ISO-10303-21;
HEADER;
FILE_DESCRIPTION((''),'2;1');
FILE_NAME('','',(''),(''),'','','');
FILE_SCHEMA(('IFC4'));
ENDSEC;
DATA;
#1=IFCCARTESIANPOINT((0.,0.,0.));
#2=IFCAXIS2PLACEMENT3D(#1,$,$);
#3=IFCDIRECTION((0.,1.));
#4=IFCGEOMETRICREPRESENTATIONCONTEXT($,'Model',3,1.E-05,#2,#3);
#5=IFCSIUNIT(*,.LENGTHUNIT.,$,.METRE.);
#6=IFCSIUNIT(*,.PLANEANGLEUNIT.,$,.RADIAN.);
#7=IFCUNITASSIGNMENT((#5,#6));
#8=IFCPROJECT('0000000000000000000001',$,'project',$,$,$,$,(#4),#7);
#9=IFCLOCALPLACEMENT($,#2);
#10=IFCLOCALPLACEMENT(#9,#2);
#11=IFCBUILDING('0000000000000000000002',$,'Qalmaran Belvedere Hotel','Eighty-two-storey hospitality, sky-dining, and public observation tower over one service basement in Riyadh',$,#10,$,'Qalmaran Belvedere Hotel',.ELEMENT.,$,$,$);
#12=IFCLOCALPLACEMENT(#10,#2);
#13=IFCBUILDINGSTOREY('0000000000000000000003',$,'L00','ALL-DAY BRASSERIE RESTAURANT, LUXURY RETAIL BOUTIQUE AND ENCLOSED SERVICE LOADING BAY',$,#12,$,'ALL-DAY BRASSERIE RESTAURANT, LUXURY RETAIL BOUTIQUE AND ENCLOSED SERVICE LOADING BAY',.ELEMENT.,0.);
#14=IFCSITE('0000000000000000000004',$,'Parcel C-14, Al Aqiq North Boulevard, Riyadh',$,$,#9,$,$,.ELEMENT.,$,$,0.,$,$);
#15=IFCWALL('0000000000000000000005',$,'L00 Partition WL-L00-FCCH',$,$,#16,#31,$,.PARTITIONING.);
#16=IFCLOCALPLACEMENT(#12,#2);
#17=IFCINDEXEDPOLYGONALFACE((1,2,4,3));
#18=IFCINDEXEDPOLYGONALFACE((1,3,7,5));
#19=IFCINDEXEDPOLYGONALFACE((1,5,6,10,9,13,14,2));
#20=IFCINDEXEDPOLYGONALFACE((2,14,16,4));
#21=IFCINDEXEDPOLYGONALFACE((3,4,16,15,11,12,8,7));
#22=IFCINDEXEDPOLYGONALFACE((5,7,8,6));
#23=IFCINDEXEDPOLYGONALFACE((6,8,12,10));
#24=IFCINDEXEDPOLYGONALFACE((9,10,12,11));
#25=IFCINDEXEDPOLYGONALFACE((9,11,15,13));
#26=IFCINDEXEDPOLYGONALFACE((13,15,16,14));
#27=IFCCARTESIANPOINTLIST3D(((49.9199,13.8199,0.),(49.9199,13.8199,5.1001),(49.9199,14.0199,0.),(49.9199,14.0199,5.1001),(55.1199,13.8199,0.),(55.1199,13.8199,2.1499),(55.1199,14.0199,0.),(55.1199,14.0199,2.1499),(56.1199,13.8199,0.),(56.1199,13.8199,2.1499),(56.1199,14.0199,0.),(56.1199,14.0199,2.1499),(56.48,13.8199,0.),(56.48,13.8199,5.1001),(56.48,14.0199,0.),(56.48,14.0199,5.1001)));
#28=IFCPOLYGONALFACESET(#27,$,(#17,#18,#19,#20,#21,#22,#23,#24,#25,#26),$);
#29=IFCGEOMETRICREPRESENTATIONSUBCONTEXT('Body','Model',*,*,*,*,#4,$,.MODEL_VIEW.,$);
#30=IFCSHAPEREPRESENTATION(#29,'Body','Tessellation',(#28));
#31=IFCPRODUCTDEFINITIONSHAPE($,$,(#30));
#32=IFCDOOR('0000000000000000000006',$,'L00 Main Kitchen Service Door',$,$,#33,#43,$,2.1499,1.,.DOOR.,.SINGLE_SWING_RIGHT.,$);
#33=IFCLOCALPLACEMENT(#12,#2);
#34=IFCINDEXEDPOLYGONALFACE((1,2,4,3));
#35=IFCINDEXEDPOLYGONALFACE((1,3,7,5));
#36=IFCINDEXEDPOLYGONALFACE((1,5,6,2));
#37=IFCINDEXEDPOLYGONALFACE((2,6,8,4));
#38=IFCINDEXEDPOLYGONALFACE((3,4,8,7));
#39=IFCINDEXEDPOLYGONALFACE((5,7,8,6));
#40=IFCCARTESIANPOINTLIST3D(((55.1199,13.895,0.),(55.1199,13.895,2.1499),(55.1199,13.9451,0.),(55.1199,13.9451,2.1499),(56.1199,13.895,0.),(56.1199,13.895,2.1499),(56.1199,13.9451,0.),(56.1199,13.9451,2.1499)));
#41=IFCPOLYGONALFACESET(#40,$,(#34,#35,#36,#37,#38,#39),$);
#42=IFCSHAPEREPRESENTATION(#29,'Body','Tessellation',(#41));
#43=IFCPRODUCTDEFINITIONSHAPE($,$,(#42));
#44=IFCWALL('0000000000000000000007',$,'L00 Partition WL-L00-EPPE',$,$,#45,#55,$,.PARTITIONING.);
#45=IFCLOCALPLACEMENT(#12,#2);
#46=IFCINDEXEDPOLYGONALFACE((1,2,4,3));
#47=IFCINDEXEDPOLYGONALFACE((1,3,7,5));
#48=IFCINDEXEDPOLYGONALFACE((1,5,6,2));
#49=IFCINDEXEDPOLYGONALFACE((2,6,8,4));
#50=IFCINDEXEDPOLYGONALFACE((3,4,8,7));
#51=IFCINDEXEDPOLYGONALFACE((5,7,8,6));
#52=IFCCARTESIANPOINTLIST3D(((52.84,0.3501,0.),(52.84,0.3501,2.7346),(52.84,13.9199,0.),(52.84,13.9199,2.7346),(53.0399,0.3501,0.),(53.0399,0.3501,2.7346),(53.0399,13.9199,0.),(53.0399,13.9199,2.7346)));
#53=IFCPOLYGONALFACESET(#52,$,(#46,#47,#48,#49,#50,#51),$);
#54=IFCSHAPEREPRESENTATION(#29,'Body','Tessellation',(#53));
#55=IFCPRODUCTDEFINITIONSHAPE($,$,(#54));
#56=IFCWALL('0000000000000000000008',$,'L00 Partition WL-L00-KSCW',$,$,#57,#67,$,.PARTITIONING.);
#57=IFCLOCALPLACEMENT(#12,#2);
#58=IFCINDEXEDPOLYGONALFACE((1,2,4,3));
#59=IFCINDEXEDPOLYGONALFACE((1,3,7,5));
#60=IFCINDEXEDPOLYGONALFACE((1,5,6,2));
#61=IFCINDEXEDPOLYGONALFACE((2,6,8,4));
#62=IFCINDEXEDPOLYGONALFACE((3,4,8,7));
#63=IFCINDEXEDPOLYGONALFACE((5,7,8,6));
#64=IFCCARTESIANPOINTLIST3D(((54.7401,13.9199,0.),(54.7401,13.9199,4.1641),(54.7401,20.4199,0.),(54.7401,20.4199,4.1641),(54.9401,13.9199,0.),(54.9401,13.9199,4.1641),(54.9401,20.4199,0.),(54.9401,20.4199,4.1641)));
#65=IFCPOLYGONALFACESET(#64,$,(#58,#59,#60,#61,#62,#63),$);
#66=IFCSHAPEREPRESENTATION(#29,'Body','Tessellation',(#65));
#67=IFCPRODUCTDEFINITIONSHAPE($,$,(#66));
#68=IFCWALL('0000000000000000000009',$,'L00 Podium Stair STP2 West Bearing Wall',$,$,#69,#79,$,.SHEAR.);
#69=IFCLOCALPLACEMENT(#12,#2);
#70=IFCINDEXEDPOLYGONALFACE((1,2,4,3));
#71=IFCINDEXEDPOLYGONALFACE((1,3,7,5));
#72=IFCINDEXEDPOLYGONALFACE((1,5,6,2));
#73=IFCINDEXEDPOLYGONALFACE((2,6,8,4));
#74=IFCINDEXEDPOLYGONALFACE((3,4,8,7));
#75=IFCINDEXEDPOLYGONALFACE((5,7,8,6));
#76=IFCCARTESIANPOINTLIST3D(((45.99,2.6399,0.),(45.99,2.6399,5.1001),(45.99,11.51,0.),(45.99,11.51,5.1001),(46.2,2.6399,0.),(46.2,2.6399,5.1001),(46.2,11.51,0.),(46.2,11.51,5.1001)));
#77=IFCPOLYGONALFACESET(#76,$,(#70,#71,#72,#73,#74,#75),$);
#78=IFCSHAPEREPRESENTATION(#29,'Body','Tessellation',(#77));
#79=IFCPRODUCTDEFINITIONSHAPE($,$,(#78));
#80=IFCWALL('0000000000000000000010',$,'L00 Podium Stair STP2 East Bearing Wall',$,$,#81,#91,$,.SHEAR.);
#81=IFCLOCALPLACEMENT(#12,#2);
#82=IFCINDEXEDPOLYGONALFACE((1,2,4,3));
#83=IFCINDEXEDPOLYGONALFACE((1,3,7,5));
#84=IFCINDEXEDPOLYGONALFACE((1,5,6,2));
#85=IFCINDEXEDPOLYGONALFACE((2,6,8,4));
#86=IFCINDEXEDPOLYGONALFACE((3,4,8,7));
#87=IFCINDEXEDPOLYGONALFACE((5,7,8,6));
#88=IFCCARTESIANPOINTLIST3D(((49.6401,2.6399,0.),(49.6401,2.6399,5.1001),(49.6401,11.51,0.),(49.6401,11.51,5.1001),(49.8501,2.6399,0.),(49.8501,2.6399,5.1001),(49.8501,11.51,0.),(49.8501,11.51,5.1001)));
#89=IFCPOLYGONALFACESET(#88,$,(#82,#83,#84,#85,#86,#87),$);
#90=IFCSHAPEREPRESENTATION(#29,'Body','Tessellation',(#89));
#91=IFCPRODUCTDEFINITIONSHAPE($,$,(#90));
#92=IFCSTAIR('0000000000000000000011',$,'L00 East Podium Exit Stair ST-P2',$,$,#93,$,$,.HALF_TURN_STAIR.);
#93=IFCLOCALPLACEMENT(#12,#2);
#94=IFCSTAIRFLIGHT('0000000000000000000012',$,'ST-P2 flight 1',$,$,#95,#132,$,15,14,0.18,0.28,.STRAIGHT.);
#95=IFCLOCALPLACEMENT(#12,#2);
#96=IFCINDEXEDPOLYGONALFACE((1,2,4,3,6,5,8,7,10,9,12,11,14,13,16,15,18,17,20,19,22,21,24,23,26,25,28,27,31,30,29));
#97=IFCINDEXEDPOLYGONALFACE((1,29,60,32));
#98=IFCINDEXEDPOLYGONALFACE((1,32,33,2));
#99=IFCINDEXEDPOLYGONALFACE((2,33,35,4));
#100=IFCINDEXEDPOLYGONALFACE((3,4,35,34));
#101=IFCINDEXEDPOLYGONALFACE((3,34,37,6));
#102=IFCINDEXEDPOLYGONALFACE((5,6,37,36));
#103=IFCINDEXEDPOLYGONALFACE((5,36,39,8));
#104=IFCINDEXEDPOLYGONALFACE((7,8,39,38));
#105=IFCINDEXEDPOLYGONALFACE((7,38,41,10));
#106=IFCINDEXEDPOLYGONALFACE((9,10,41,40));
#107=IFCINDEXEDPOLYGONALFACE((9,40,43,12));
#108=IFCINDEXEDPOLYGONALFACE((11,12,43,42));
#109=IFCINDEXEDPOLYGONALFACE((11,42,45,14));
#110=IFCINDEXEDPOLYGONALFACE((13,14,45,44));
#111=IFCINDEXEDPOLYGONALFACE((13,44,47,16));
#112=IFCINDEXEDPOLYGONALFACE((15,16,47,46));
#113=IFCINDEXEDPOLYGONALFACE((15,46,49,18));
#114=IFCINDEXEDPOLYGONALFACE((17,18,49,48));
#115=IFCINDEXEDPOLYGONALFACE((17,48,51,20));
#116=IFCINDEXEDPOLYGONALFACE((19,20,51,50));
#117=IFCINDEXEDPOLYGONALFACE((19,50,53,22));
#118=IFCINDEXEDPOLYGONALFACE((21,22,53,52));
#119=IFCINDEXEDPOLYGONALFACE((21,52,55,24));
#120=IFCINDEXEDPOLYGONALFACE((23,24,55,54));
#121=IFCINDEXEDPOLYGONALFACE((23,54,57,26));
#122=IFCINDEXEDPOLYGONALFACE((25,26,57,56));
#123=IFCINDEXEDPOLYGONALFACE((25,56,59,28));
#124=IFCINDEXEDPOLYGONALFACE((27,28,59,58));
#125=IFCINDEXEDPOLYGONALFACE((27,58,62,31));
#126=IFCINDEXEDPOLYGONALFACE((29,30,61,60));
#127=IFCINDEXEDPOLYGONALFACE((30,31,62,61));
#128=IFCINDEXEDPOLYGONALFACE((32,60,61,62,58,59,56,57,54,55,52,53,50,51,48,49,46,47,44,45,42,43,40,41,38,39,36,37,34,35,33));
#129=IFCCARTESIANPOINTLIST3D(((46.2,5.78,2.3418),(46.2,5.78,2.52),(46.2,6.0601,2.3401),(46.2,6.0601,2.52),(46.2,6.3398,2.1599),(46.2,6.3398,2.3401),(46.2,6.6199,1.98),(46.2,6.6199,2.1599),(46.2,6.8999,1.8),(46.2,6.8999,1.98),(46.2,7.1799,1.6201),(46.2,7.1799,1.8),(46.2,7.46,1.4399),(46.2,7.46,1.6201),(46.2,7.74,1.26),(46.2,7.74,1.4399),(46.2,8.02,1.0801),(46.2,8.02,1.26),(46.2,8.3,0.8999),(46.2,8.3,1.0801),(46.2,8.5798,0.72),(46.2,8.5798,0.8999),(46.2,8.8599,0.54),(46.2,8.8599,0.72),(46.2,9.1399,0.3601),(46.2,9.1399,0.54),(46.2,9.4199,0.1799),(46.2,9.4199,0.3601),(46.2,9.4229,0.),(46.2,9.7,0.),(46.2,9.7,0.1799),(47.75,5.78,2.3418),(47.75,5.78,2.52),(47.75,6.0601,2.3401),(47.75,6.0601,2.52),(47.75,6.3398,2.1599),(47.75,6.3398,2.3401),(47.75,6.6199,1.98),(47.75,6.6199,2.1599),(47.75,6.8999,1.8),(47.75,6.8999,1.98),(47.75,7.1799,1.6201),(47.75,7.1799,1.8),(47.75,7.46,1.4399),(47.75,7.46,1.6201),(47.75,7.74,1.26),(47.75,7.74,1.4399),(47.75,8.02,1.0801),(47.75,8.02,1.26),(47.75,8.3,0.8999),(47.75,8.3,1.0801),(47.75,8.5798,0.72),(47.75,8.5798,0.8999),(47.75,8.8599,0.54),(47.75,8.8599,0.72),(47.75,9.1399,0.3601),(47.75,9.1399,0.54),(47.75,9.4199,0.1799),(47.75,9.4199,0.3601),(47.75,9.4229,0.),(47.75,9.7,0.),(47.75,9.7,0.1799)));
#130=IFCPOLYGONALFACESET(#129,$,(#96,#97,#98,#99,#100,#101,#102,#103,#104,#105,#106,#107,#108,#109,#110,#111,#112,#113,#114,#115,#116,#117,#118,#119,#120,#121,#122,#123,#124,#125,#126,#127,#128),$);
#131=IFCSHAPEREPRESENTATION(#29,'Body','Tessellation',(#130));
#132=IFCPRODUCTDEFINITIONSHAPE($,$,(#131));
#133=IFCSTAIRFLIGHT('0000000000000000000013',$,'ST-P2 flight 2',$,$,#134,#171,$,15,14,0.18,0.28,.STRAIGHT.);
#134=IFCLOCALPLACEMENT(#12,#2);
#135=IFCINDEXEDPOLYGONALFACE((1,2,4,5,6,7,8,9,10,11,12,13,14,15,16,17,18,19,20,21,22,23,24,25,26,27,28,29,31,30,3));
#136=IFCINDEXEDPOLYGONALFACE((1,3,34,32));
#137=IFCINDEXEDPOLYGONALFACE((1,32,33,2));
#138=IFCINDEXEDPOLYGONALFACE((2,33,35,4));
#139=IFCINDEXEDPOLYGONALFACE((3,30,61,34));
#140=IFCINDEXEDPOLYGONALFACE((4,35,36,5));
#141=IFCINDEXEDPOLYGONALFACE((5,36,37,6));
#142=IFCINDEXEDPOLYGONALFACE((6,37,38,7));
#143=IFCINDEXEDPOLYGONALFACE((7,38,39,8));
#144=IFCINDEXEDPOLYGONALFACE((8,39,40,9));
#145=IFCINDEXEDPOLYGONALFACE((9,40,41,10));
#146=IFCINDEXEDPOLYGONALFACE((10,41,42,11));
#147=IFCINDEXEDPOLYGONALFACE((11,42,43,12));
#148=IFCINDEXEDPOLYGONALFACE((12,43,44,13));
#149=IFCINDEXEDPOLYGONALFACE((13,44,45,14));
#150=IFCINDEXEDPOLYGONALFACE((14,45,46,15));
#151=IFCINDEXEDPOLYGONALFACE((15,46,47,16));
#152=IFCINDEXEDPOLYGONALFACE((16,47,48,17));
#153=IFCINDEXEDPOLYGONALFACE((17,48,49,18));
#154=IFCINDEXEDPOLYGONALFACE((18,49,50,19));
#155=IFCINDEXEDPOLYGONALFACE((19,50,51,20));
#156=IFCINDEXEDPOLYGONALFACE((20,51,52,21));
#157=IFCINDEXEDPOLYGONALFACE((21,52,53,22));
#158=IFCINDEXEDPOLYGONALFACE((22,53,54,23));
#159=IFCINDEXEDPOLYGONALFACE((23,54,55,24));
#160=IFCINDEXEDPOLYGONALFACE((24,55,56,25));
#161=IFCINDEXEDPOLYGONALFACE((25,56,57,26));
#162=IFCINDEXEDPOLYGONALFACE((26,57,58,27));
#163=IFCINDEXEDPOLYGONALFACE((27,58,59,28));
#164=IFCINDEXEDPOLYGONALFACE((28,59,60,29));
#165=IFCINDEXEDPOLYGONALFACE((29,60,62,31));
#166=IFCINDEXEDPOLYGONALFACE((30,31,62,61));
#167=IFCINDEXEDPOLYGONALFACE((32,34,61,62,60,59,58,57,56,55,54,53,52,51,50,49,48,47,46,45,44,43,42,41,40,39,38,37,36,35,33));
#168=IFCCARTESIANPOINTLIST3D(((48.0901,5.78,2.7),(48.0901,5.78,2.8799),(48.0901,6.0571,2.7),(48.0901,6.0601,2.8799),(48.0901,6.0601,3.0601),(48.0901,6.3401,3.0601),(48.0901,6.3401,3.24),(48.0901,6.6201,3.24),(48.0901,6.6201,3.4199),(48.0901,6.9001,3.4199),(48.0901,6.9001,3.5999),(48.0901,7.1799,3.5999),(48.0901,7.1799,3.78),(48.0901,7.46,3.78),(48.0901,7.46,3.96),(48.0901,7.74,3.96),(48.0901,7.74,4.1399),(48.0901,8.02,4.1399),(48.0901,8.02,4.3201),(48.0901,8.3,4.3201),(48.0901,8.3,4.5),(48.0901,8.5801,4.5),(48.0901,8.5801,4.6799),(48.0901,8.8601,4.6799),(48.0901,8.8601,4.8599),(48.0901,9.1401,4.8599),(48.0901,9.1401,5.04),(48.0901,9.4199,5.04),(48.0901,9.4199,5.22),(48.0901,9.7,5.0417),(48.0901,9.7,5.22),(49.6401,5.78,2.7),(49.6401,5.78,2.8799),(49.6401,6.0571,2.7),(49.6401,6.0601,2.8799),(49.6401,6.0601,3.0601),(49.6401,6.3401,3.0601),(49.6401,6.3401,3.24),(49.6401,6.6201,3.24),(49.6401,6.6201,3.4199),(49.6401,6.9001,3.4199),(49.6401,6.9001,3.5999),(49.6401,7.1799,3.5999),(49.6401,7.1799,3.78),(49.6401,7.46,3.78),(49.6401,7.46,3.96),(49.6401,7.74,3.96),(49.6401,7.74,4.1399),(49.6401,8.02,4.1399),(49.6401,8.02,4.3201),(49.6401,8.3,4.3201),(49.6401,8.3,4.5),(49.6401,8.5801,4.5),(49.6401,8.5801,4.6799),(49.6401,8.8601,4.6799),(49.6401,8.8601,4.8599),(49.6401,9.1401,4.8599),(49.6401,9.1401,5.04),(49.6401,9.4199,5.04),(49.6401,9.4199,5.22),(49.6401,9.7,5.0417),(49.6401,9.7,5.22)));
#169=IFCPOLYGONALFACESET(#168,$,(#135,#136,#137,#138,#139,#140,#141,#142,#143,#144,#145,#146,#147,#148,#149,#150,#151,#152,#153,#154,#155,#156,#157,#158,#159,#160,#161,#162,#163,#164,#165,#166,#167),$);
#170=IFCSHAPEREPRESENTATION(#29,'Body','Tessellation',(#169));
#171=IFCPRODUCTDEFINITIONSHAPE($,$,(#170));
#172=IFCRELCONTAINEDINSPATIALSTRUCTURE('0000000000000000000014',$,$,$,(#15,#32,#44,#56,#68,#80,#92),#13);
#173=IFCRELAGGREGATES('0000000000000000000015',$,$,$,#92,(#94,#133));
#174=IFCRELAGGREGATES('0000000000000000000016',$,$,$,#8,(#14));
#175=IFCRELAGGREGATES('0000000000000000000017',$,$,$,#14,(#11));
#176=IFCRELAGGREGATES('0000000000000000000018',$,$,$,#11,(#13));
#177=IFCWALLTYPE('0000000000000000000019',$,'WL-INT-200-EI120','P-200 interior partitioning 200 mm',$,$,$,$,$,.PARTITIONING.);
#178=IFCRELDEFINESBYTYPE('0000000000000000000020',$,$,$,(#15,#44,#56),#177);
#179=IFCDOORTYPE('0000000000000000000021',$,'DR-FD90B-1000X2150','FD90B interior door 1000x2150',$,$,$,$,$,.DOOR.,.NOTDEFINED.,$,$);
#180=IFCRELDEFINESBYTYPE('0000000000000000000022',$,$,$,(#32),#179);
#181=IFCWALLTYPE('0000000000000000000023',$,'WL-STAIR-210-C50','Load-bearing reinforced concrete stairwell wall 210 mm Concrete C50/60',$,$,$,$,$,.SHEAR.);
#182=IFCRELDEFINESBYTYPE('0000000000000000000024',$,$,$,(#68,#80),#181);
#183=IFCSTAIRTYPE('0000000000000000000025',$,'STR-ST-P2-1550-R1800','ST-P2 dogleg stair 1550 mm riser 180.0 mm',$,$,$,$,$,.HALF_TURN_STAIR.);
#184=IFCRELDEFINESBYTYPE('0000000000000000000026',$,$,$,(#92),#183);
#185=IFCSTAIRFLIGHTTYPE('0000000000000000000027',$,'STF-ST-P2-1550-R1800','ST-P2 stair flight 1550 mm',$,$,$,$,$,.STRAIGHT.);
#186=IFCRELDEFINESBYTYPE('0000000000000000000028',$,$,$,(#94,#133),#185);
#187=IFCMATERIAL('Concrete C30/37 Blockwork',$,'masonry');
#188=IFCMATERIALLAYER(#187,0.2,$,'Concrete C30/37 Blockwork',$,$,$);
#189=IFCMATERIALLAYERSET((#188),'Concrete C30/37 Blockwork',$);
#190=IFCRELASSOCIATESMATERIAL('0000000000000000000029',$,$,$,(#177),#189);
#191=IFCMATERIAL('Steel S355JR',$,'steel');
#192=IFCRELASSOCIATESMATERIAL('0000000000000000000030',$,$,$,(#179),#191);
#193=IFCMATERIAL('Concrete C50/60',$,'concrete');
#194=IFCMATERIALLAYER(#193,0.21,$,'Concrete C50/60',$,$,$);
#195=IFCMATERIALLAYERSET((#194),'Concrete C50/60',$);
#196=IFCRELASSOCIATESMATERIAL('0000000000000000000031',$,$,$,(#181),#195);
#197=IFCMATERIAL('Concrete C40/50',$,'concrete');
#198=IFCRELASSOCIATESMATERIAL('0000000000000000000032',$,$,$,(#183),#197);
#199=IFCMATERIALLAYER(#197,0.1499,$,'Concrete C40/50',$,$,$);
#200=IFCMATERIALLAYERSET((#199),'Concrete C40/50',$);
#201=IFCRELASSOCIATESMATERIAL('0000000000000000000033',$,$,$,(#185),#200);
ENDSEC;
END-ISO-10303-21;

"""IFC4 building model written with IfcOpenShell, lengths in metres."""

from ifc_helpers import new_model, si_unit, direction, frame, frame_2d, origin, place, context, subcontext, project, spatial, polyline, rectangle, outline, extrude, material, layer, layer_set, type_object, element, fill, aggregate, save


model = new_model("IFC4")

# Units and contexts
model_context = context("Model", 3, precision=1e-05, world=origin(), true_north=direction((0.0, 1.0)))
body_context = subcontext(model_context, "Body", "Model", "MODEL_VIEW")
ifc_project = project(units=[si_unit("LENGTHUNIT", "METRE"), si_unit("PLANEANGLEUNIT", "RADIAN")], contexts=[model_context])

# Site, building, storey
site_placement = place(None, origin())
site = spatial("IfcSite", under=ifc_project, at=site_placement, Name="Parcel C-14, Al Aqiq North Boulevard, Riyadh", CompositionType="ELEMENT", RefElevation=0.0)
building_placement = place(site_placement, origin())
building = spatial("IfcBuilding", under=site, at=building_placement, Name="Qalmaran Belvedere Hotel", Description="Eighty-two-storey hospitality, sky-dining, and public observation tower over one service basement in Riyadh", LongName="Qalmaran Belvedere Hotel", CompositionType="ELEMENT")
storey_placement = place(building_placement, origin())
storey = spatial("IfcBuildingStorey", under=building, at=storey_placement, Name="L00", Description="ALL-DAY BRASSERIE RESTAURANT, LUXURY RETAIL BOUTIQUE AND ENCLOSED SERVICE LOADING BAY", LongName="ALL-DAY BRASSERIE RESTAURANT, LUXURY RETAIL BOUTIQUE AND ENCLOSED SERVICE LOADING BAY", CompositionType="ELEMENT", Elevation=0.0)

# Shared definitions
ifc_material_1 = material(Name="Concrete C40/50", Category="concrete")

# Shared definitions
ifc_material_2 = material(Name="Steel S355JR", Category="steel")

# Shared definitions
ifc_material_3 = material(Name="Concrete C30/37 Blockwork", Category="masonry")
ifc_layer_1 = layer(ifc_material_3, 0.2, Name="Concrete C30/37 Blockwork")
ifc_layer_set_1 = layer_set([ifc_layer_1], Name="Concrete C30/37 Blockwork")
wall_type_1 = type_object("IfcWallType", Name="WL-INT-200-EI120", Description="P-200 interior partitioning 200 mm", PredefinedType="PARTITIONING", material=ifc_layer_set_1)

# Wall, opening, door
wall_1_placement = place(storey_placement, frame((49.9199, 13.9199, 0.0), z_axis=(0.0, 0.0, 1.0), x_axis=(1.0, 0.0, 0.0)))
wall_1 = element("IfcWall", 1, at=wall_1_placement, inside=storey, type_object=wall_type_1, Name="L00 Partition WL-L00-FCCH", PredefinedType="PARTITIONING", context=body_context, shape_type="SweptSolid", body=[
    extrude(rectangle(XDim=6.5601, YDim=0.2, at=frame_2d((3.28, 0.0))), origin(), (0.0, 0.0, 1.0), 5.1001),
])
opening_1_placement = place(wall_1_placement, frame((6.2, 0.0, 0.0), z_axis=(0.0, 0.0, 1.0), x_axis=(-1.0, 0.0, 0.0)))
opening_1 = element("IfcOpeningElement", 2, at=opening_1_placement, cuts=wall_1, PredefinedType="OPENING", context=body_context, shape_type="SweptSolid", body=[
    extrude(rectangle(XDim=1.0, YDim=2.1499, at=frame_2d((0.5, 1.075))), frame((0.0, 0.1099, 0.0), z_axis=(0.0, -1.0, 0.0), x_axis=(1.0, 0.0, 0.0)), (0.0, 0.0, 1.0), 0.22),
])
door_type_1 = type_object("IfcDoorType", Name="DR-FD90B-1000X2150", Description="FD90B interior door 1000x2150", OperationType="NOTDEFINED", PredefinedType="DOOR", material=ifc_material_2)
door_1_placement = place(opening_1_placement, origin())
door_1 = element("IfcDoor", 3, at=door_1_placement, inside=storey, type_object=door_type_1, Name="L00 Main Kitchen Service Door", OperationType="SINGLE_SWING_RIGHT", OverallHeight=2.1499, OverallWidth=1.0, PredefinedType="DOOR", context=body_context, shape_type="SweptSolid", body=[
    extrude(rectangle(XDim=1.0, YDim=2.1499, at=frame_2d((0.5, 1.075))), frame((0.0, 0.0249, 0.0), z_axis=(0.0, -1.0, 0.0), x_axis=(1.0, 0.0, 0.0)), (0.0, 0.0, 1.0), 0.05),
])
fill(opening_1, door_1)

# Walls
wall_2_placement = place(storey_placement, frame((52.9399, 0.3501, 0.0), z_axis=(0.0, 0.0, 1.0), x_axis=(0.0, 1.0, 0.0)))
element("IfcWall", 4, at=wall_2_placement, inside=storey, type_object=wall_type_1, Name="L00 Partition WL-L00-EPPE", PredefinedType="PARTITIONING", context=body_context, shape_type="SweptSolid", body=[
    extrude(rectangle(XDim=13.5698, YDim=0.2, at=frame_2d((6.7849, 0.0))), origin(), (0.0, 0.0, 1.0), 2.7346),
])
wall_3_placement = place(storey_placement, frame((54.8401, 13.9199, 0.0), z_axis=(0.0, 0.0, 1.0), x_axis=(0.0, 1.0, 0.0)))
element("IfcWall", 5, at=wall_3_placement, inside=storey, type_object=wall_type_1, Name="L00 Partition WL-L00-KSCW", PredefinedType="PARTITIONING", context=body_context, shape_type="SweptSolid", body=[
    extrude(rectangle(XDim=6.5, YDim=0.2, at=frame_2d((3.25, 0.0))), origin(), (0.0, 0.0, 1.0), 4.1641),
])
ifc_material_4 = material(Name="Concrete C50/60", Category="concrete")
ifc_layer_2 = layer(ifc_material_4, 0.21, Name="Concrete C50/60")
ifc_layer_set_2 = layer_set([ifc_layer_2], Name="Concrete C50/60")
wall_type_2 = type_object("IfcWallType", Name="WL-STAIR-210-C50", Description="Load-bearing reinforced concrete stairwell wall 210 mm Concrete C50/60", PredefinedType="SHEAR", material=ifc_layer_set_2)
for number, where, z_axis, x_axis, name in (
    (6, (46.095, 2.6399, 0.0), (0.0, 0.0, 1.0), (0.0, 1.0, 0.0), "L00 Podium Stair STP2 West Bearing Wall"),
    (7, (49.7451, 2.6399, 0.0), (0.0, 0.0, 1.0), (0.0, 1.0, 0.0), "L00 Podium Stair STP2 East Bearing Wall"),
):
    element("IfcWall", number, at=place(storey_placement, frame(where, z_axis=z_axis, x_axis=x_axis)), inside=storey, type_object=wall_type_2, Name=name, PredefinedType="SHEAR", context=body_context, shape_type="SweptSolid", body=[
        extrude(rectangle(XDim=8.8701, YDim=0.21, at=frame_2d((4.4351, 0.0))), origin(), (0.0, 0.0, 1.0), 5.1001),
    ])

# Stair, stair flights
stair_type = type_object("IfcStairType", Name="STR-ST-P2-1550-R1800", Description="ST-P2 dogleg stair 1550 mm riser 180.0 mm", PredefinedType="HALF_TURN_STAIR", material=ifc_material_1)
stair_placement = place(storey_placement, origin())
stair = element("IfcStair", 8, at=stair_placement, inside=storey, type_object=stair_type, Name="L00 East Podium Exit Stair ST-P2", PredefinedType="HALF_TURN_STAIR")
ifc_layer_3 = layer(ifc_material_1, 0.1499, Name="Concrete C40/50")
ifc_layer_set_3 = layer_set([ifc_layer_3], Name="Concrete C40/50")
stair_flight_type = type_object("IfcStairFlightType", Name="STF-ST-P2-1550-R1800", Description="ST-P2 stair flight 1550 mm", PredefinedType="STRAIGHT", material=ifc_layer_set_3)
stair_flight_1_placement = place(storey_placement, frame((46.9751, 9.7, 0.0), z_axis=(0.0, 0.0, 1.0), x_axis=(0.0, -1.0, 0.0)))
stair_flight_1 = element("IfcStairFlight", 9, at=stair_flight_1_placement, type_object=stair_flight_type, Name="ST-P2 flight 1", NumberOfRisers=15, NumberOfTreads=14, PredefinedType="STRAIGHT", RiserHeight=0.18, TreadLength=0.28, context=body_context, shape_type="SweptSolid", body=[
    extrude(outline(polyline([(0.0, 0.0), (0.0, 0.1799), (0.28, 0.1799), (0.28, 0.3601), (0.5601, 0.3601), (0.5601, 0.54), (0.8401, 0.54), (0.8401, 0.72), (1.1201, 0.72), (1.1201, 0.8999), (1.3999, 0.8999), (1.3999, 1.0801), (1.6799, 1.0801), (1.6799, 1.26), (1.96, 1.26), (1.96, 1.4399), (2.24, 1.4399), (2.24, 1.6201), (2.52, 1.6201), (2.52, 1.8), (2.8, 1.8), (2.8, 1.98), (3.0801, 1.98), (3.0801, 2.1599), (3.3601, 2.1599), (3.3601, 2.3401), (3.6399, 2.3401), (3.6399, 2.52), (3.9199, 2.52), (3.9199, 2.7), (3.9199, 2.3418), (0.2771, 0.0), (0.0, 0.0)])), frame((0.0, 0.7749, 0.0), z_axis=(0.0, -1.0, 0.0), x_axis=(1.0, 0.0, 0.0)), (0.0, 0.0, 1.0), 1.55),
])
stair_flight_2_placement = place(storey_placement, frame((48.865, 5.78, 2.7), z_axis=(0.0, 0.0, 1.0), x_axis=(0.0, 1.0, 0.0)))
stair_flight_2 = element("IfcStairFlight", 10, at=stair_flight_2_placement, type_object=stair_flight_type, Name="ST-P2 flight 2", NumberOfRisers=15, NumberOfTreads=14, PredefinedType="STRAIGHT", RiserHeight=0.18, TreadLength=0.28, context=body_context, shape_type="SweptSolid", body=[
    extrude(outline(polyline([(0.0, 0.0), (0.0, 0.1799), (0.28, 0.1799), (0.28, 0.3601), (0.5601, 0.3601), (0.5601, 0.54), (0.8401, 0.54), (0.8401, 0.72), (1.1201, 0.72), (1.1201, 0.8999), (1.3999, 0.8999), (1.3999, 1.0801), (1.6799, 1.0801), (1.6799, 1.26), (1.96, 1.26), (1.96, 1.4399), (2.24, 1.4399), (2.24, 1.6201), (2.52, 1.6201), (2.52, 1.8), (2.8, 1.8), (2.8, 1.98), (3.0801, 1.98), (3.0801, 2.1599), (3.3601, 2.1599), (3.3601, 2.3401), (3.6399, 2.3401), (3.6399, 2.52), (3.9199, 2.52), (3.9199, 2.7), (3.9199, 2.3418), (0.2771, 0.0), (0.0, 0.0)])), frame((0.0, 0.7749, 0.0), z_axis=(0.0, -1.0, 0.0), x_axis=(1.0, 0.0, 0.0)), (0.0, 0.0, 1.0), 1.55),
])
aggregate(stair, [stair_flight_1, stair_flight_2])

save(model, "model.ifc")
